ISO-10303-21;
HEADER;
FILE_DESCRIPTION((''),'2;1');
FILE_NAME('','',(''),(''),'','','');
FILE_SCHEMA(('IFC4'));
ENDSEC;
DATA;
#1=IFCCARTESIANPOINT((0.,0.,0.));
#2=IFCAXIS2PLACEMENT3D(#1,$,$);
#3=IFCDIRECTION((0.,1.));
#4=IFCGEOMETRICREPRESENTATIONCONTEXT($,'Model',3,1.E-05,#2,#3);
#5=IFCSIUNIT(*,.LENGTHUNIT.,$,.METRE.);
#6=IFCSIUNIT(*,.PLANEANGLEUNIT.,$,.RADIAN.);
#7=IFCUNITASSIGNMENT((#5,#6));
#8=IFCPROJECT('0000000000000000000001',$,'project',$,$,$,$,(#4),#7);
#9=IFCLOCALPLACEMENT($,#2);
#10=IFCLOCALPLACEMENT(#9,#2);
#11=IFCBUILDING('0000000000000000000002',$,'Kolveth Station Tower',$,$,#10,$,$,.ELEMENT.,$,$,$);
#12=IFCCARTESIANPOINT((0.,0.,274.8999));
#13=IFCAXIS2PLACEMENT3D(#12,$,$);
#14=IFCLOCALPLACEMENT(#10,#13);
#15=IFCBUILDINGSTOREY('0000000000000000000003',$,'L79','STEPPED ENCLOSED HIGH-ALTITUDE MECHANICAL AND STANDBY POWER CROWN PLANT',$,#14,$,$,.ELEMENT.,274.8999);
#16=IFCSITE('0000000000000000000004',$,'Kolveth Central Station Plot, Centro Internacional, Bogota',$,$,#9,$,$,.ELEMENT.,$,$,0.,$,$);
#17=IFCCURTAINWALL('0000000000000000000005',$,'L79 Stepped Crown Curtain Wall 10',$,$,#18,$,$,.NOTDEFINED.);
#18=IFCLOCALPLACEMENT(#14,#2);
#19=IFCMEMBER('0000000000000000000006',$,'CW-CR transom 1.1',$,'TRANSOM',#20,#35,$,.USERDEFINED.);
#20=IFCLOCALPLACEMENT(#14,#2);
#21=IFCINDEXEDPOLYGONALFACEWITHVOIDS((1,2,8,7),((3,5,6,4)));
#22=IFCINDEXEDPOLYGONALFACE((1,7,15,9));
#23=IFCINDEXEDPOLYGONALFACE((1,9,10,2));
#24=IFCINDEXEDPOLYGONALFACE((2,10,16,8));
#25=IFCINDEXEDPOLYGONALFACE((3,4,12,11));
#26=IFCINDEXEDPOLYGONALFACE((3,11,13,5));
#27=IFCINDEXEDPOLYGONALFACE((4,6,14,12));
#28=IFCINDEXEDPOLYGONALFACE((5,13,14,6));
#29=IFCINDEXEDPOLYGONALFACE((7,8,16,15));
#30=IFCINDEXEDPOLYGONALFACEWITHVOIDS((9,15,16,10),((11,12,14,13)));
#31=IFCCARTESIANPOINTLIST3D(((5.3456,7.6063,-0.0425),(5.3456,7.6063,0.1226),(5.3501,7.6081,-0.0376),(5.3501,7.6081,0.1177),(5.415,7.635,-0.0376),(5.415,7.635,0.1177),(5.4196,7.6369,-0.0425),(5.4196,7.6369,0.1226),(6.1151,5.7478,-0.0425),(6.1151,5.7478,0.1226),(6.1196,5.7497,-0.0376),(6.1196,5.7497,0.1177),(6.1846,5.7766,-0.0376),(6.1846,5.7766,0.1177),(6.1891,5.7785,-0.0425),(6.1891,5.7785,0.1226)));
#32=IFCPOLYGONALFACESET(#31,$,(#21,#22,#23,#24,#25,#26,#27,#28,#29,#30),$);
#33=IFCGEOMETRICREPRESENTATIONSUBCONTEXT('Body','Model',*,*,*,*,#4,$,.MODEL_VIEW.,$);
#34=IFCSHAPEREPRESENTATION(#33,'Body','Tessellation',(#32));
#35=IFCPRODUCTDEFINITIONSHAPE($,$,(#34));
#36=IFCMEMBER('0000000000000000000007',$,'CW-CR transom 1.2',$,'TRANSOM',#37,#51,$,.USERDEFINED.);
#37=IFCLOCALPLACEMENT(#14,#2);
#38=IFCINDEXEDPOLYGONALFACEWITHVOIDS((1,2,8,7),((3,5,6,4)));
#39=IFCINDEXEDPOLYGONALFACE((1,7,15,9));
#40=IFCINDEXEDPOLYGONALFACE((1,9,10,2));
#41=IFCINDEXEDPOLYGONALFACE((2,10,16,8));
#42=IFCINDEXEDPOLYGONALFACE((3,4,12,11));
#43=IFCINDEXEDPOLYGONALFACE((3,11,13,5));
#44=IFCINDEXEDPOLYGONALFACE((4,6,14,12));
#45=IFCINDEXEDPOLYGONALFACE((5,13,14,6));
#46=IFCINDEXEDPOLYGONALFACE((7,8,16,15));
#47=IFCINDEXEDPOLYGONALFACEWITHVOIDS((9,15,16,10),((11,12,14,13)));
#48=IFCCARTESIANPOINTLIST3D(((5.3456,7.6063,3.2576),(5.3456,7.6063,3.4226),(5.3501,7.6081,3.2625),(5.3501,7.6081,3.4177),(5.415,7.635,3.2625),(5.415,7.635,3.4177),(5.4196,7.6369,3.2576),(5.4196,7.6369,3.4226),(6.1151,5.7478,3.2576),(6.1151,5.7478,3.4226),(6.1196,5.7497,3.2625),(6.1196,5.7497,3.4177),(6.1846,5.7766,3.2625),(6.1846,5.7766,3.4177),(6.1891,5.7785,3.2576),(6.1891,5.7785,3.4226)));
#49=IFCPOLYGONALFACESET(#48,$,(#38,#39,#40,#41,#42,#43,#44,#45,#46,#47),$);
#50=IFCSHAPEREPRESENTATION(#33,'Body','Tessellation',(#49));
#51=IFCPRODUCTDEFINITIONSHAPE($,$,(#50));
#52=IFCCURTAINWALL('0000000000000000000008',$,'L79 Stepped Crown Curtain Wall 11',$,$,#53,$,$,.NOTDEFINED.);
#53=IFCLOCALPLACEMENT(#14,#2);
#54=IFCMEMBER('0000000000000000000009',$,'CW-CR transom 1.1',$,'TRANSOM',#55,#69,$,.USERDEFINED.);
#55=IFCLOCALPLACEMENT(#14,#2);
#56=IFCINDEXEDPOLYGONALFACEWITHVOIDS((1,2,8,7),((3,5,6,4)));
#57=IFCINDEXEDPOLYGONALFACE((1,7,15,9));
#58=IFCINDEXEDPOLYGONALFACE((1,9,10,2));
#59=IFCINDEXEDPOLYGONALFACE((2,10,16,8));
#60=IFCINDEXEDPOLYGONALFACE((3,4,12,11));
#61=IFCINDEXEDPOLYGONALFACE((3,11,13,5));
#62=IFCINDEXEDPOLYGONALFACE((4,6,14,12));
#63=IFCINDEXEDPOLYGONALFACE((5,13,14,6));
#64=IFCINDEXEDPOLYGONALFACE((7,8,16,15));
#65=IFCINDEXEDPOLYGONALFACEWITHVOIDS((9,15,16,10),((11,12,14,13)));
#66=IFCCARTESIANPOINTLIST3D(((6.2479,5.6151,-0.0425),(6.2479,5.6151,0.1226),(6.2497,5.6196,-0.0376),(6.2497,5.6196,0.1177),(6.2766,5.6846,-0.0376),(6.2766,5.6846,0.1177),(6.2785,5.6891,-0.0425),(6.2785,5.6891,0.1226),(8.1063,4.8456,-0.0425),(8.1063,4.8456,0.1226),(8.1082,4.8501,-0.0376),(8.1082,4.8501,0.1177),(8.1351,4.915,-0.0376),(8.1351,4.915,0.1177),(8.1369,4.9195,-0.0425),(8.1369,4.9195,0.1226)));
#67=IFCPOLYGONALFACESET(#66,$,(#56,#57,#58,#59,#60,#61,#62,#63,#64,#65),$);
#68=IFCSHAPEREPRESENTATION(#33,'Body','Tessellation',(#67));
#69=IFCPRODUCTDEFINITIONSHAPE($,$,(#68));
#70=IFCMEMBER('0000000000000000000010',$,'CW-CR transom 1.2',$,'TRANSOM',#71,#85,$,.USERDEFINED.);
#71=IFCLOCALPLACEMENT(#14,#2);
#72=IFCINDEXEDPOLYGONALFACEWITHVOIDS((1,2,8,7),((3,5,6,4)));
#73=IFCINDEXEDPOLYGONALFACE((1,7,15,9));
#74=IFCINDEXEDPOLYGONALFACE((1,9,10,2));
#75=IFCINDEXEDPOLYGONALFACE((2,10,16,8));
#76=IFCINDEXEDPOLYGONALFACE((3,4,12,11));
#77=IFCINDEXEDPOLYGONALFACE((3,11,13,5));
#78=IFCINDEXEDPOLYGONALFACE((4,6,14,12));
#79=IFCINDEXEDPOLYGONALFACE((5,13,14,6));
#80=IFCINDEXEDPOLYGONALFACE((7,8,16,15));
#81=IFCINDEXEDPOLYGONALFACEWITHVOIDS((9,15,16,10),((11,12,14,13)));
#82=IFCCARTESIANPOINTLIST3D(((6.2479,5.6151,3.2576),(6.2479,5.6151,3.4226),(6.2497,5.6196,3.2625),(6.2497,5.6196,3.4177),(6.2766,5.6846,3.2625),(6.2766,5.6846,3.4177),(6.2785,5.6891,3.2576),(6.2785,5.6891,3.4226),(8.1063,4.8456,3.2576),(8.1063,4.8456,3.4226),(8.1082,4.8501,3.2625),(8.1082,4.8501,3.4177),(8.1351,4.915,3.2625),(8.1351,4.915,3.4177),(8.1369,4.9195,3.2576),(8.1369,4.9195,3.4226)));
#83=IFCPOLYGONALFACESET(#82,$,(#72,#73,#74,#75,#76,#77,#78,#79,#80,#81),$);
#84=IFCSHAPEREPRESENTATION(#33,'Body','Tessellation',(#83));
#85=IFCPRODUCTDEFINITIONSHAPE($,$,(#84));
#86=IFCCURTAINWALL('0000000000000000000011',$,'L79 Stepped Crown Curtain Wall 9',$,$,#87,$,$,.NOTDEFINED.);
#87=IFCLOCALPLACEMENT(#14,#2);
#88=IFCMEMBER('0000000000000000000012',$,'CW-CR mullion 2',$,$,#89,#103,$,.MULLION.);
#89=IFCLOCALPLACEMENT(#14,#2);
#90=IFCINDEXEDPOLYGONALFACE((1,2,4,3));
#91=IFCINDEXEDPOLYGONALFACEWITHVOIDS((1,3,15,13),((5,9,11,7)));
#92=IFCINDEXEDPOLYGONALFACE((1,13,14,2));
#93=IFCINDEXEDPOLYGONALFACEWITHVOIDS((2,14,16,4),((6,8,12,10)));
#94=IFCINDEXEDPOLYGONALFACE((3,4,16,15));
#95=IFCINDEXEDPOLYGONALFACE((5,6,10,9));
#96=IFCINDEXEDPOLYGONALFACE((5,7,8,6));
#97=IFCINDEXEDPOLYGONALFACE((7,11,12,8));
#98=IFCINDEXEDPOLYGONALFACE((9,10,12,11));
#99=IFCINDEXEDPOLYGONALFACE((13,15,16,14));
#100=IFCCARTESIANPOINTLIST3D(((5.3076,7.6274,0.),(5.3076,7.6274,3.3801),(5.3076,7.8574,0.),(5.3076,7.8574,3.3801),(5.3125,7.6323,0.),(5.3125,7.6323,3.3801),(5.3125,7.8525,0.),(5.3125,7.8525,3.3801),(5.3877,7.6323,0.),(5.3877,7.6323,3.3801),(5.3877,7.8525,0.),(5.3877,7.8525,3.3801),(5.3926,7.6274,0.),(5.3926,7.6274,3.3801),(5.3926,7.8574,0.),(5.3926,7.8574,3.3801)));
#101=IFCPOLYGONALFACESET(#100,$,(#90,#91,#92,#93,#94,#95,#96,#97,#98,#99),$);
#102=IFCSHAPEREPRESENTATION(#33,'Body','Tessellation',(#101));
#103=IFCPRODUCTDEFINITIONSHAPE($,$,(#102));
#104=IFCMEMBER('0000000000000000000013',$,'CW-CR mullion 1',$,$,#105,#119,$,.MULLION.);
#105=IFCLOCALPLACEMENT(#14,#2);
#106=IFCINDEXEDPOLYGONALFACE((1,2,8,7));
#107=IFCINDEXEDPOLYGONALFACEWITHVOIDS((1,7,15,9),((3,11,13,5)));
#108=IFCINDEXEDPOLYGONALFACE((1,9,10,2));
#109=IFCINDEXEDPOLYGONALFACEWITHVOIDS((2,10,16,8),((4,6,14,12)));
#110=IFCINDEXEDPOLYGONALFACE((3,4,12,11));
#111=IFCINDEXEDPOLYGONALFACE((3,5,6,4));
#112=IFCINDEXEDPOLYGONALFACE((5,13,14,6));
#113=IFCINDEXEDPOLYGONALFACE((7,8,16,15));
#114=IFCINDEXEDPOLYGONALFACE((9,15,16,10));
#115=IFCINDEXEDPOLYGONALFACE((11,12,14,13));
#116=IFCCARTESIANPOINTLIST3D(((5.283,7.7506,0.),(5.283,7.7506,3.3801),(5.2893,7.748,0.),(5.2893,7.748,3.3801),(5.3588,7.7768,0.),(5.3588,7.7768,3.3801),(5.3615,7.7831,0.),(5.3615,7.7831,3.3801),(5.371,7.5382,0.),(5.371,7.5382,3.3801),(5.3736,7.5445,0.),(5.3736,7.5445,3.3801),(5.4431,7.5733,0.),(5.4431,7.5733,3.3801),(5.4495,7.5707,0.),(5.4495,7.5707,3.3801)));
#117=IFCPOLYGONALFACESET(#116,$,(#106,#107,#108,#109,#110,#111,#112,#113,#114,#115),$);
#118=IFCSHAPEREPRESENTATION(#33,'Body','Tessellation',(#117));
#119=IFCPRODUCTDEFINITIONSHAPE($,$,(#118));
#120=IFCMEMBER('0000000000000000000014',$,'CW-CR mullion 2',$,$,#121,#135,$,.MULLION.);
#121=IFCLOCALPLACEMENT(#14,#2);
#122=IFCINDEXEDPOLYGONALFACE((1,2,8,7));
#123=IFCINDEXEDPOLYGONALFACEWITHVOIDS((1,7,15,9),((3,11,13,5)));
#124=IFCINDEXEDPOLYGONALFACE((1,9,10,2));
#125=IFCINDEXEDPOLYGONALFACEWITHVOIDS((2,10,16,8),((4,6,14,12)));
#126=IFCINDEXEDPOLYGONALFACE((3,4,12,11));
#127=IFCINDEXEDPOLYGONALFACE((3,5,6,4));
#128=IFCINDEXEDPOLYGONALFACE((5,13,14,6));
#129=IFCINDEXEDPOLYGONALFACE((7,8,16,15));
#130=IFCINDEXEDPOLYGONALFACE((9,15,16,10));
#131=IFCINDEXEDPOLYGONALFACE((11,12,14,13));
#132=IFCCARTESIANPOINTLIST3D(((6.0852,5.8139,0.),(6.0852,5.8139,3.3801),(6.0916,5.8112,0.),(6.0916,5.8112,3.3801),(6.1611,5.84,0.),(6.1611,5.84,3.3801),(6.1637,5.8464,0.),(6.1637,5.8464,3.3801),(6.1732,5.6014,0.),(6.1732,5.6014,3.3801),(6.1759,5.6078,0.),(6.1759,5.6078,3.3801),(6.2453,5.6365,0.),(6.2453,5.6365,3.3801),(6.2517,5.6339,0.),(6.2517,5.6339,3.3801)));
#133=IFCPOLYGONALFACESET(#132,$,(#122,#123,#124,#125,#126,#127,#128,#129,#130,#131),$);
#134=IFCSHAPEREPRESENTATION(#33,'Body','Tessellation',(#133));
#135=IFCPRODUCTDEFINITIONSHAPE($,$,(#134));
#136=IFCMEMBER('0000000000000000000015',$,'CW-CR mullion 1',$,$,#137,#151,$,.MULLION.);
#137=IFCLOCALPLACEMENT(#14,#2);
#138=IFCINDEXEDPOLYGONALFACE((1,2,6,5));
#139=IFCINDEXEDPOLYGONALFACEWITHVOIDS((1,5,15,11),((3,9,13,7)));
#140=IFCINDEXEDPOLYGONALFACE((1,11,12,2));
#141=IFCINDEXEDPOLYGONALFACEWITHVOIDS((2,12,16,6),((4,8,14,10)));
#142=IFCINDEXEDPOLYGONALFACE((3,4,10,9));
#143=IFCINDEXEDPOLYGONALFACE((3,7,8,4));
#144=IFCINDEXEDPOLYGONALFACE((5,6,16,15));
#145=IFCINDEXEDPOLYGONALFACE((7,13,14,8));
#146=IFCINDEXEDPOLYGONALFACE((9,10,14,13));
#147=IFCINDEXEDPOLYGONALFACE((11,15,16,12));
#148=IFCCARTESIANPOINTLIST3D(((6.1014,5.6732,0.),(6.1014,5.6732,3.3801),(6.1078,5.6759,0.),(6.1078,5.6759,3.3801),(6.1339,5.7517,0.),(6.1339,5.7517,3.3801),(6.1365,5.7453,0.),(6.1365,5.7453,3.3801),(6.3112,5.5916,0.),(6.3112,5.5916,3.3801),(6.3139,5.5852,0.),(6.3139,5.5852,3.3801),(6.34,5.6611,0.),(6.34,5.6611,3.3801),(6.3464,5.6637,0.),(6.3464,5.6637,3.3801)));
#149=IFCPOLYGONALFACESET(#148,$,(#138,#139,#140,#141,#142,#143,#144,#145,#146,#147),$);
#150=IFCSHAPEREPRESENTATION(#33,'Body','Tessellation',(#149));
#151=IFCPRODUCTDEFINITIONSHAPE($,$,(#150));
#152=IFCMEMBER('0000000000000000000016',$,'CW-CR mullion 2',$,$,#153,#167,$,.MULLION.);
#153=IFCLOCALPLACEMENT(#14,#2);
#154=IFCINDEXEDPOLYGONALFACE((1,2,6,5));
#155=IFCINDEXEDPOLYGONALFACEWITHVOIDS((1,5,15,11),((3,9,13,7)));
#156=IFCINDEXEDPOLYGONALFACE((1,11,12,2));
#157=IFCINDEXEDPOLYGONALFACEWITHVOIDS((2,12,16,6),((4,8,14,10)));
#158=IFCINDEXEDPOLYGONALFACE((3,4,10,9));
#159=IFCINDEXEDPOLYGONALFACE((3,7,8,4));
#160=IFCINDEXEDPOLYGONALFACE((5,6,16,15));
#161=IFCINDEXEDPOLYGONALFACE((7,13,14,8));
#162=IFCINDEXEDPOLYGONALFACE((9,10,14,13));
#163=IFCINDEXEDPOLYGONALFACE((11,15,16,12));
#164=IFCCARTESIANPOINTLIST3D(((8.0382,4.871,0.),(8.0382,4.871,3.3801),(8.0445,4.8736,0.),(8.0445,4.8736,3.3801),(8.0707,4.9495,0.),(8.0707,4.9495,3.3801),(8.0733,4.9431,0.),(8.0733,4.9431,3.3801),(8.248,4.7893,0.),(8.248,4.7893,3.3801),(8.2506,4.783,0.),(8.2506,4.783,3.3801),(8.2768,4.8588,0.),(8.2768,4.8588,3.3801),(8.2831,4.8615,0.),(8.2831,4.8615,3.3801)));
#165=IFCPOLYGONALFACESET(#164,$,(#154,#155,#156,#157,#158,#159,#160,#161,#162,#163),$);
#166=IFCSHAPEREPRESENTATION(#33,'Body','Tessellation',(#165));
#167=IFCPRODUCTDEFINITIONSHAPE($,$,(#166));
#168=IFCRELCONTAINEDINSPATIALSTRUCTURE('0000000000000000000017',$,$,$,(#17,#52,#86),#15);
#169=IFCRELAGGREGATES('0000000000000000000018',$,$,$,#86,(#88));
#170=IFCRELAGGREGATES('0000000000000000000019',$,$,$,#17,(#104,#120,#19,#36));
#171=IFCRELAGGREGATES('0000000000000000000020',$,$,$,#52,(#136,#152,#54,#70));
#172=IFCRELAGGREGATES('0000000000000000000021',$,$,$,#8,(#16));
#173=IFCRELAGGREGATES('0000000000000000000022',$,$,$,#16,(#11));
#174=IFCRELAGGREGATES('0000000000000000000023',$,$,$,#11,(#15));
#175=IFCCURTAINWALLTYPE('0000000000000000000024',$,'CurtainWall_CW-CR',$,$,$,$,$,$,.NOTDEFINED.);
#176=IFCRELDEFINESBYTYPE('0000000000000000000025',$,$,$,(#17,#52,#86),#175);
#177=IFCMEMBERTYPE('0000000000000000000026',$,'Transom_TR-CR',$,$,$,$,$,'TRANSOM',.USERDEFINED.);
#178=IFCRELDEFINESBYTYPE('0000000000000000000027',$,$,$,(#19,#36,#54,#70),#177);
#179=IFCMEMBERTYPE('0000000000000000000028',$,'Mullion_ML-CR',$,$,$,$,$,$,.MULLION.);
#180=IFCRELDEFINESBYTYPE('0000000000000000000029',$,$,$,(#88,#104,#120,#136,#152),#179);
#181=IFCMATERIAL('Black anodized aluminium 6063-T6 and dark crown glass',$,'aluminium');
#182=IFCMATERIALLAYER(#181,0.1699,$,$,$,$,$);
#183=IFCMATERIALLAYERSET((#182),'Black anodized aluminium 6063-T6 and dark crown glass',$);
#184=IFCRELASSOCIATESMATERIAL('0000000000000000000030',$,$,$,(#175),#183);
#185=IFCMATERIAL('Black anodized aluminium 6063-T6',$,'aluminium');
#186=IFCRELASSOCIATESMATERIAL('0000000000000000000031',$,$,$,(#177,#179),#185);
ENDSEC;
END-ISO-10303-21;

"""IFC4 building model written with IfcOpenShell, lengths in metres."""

from ifc_helpers import new_model, si_unit, direction, frame, origin, origin_2d, place, context, subcontext, project, spatial, hollow_rectangle, extrude, source, transform, mapped, material, layer, layer_set, material_profile, profile_set, type_object, element, aggregate, save


model = new_model("IFC4")

# Units and contexts
model_context = context("Model", 3, precision=1e-05, world=origin(), true_north=direction((0.0, 1.0)))
body_context = subcontext(model_context, "Body", "Model", "MODEL_VIEW")
ifc_project = project(units=[si_unit("LENGTHUNIT", "METRE"), si_unit("PLANEANGLEUNIT", "RADIAN")], contexts=[model_context])

# Site, building, storey
site_placement = place(None, origin())
site = spatial("IfcSite", under=ifc_project, at=site_placement, Name="Kolveth Central Station Plot, Centro Internacional, Bogota", CompositionType="ELEMENT", RefElevation=0.0)
building_placement = place(site_placement, origin())
building = spatial("IfcBuilding", under=site, at=building_placement, Name="Kolveth Station Tower", CompositionType="ELEMENT")
storey_placement = place(building_placement, frame((0.0, 0.0, 274.8999)))
storey = spatial("IfcBuildingStorey", under=building, at=storey_placement, Name="L79", Description="STEPPED ENCLOSED HIGH-ALTITUDE MECHANICAL AND STANDBY POWER CROWN PLANT", CompositionType="ELEMENT", Elevation=274.8999)

# Curtain walls, members
ifc_material_1 = material(Name="Black anodized aluminium 6063-T6 and dark crown glass", Category="aluminium")
ifc_layer_1 = layer(ifc_material_1, 0.1699)
ifc_layer_set_1 = layer_set([ifc_layer_1], Name="Black anodized aluminium 6063-T6 and dark crown glass")
curtain_wall_type = type_object("IfcCurtainWallType", Name="CurtainWall_CW-CR", PredefinedType="NOTDEFINED", material=ifc_layer_set_1)
curtain_wall_1_placement = place(storey_placement, origin())
curtain_wall_1 = element("IfcCurtainWall", 1, at=curtain_wall_1_placement, inside=storey, type_object=curtain_wall_type, Name="L79 Stepped Crown Curtain Wall 10", PredefinedType="NOTDEFINED")
ifc_material_2 = material(Name="Black anodized aluminium 6063-T6", Category="aluminium")
ifc_material_profile_1 = material_profile(ifc_material_2, hollow_rectangle(XDim=0.0801, YDim=0.165, WallThickness=0.0049, at=origin_2d()), Name="ALU-80x165x5")
ifc_profile_set_1 = profile_set([ifc_material_profile_1], Name="Black anodized aluminium 6063-T6")
member_type_1 = type_object("IfcMemberType", Name="Transom_TR-CR", ElementType="TRANSOM", PredefinedType="USERDEFINED", material=ifc_profile_set_1)
shared_shape_1 = source(origin(), body_context, "Body", "SweptSolid", [
    extrude(hollow_rectangle(XDim=0.0801, YDim=0.165, WallThickness=0.0049, at=origin_2d()), origin(), (0.0, 0.0, 1.0), 2.0115),
])
member_1_placement = place(storey_placement, frame((5.3826, 7.6216, 0.04), z_axis=(0.38258, -0.923922, 0.0), x_axis=(0.923922, 0.38258, 0.0)))
member_1 = element("IfcMember", 2, at=member_1_placement, type_object=member_type_1, Name="CW-CR transom 1.1", ObjectType="TRANSOM", PredefinedType="USERDEFINED", context=body_context, shape_type="MappedRepresentation", body=[
    mapped(shared_shape_1, transform((0.0, 0.0, 0.0), x_axis=(1.0, 0.0, 0.0), y_axis=(0.0, 1.0, 0.0), z_axis=(0.0, 0.0, 1.0), scale=1.0)),
])
member_2_placement = place(storey_placement, frame((5.3826, 7.6216, 3.3401), z_axis=(0.38258, -0.923922, 0.0), x_axis=(0.923922, 0.38258, 0.0)))
member_2 = element("IfcMember", 3, at=member_2_placement, type_object=member_type_1, Name="CW-CR transom 1.2", ObjectType="TRANSOM", PredefinedType="USERDEFINED", context=body_context, shape_type="MappedRepresentation", body=[
    mapped(shared_shape_1, transform((0.0, 0.0, 0.0), x_axis=(1.0, 0.0, 0.0), y_axis=(0.0, 1.0, 0.0), z_axis=(0.0, 0.0, 1.0), scale=1.0)),
])
curtain_wall_2_placement = place(storey_placement, origin())
curtain_wall_2 = element("IfcCurtainWall", 4, at=curtain_wall_2_placement, inside=storey, type_object=curtain_wall_type, Name="L79 Stepped Crown Curtain Wall 11", PredefinedType="NOTDEFINED")
member_3_placement = place(storey_placement, frame((6.2632, 5.6521, 0.04), z_axis=(0.923922, -0.38258, 0.0), x_axis=(0.38258, 0.923922, 0.0)))
member_3 = element("IfcMember", 5, at=member_3_placement, type_object=member_type_1, Name="CW-CR transom 1.1", ObjectType="TRANSOM", PredefinedType="USERDEFINED", context=body_context, shape_type="MappedRepresentation", body=[
    mapped(shared_shape_1, transform((0.0, 0.0, 0.0), x_axis=(1.0, 0.0, 0.0), y_axis=(0.0, 1.0, 0.0), z_axis=(0.0, 0.0, 1.0), scale=1.0)),
])
member_4_placement = place(storey_placement, frame((6.2632, 5.6521, 3.3401), z_axis=(0.923922, -0.38258, 0.0), x_axis=(0.38258, 0.923922, 0.0)))
member_4 = element("IfcMember", 6, at=member_4_placement, type_object=member_type_1, Name="CW-CR transom 1.2", ObjectType="TRANSOM", PredefinedType="USERDEFINED", context=body_context, shape_type="MappedRepresentation", body=[
    mapped(shared_shape_1, transform((0.0, 0.0, 0.0), x_axis=(1.0, 0.0, 0.0), y_axis=(0.0, 1.0, 0.0), z_axis=(0.0, 0.0, 1.0), scale=1.0)),
])

# Curtain wall, member
curtain_wall_3_placement = place(storey_placement, origin())
curtain_wall_3 = element("IfcCurtainWall", 7, at=curtain_wall_3_placement, inside=storey, type_object=curtain_wall_type, Name="L79 Stepped Crown Curtain Wall 9", PredefinedType="NOTDEFINED")
ifc_material_profile_2 = material_profile(ifc_material_2, hollow_rectangle(XDim=0.085, YDim=0.23, WallThickness=0.0049, at=origin_2d()), Name="ALU-85x230x5")
ifc_profile_set_2 = profile_set([ifc_material_profile_2], Name="Black anodized aluminium 6063-T6")
member_type_2 = type_object("IfcMemberType", Name="Mullion_ML-CR", PredefinedType="MULLION", material=ifc_profile_set_2)
shared_shape_2 = source(origin(), body_context, "Body", "SweptSolid", [
    extrude(hollow_rectangle(XDim=0.085, YDim=0.23, WallThickness=0.0049, at=origin_2d()), origin(), (0.0, 0.0, 1.0), 3.3801),
])
member_5_placement = place(storey_placement, frame((5.3501, 7.7424, 0.0), z_axis=(0.0, 0.0, 1.0), x_axis=(1.0, 0.0, 0.0)))
member_5 = element("IfcMember", 8, at=member_5_placement, type_object=member_type_2, Name="CW-CR mullion 2", PredefinedType="MULLION", context=body_context, shape_type="MappedRepresentation", body=[
    mapped(shared_shape_2, transform((0.0, 0.0, 0.0), x_axis=(1.0, 0.0, 0.0), y_axis=(0.0, 1.0, 0.0), z_axis=(0.0, 0.0, 1.0), scale=1.0)),
])
aggregate(curtain_wall_3, [member_5])

# Members
member_6_placement = place(storey_placement, frame((5.3662, 7.6606, 0.0), z_axis=(0.0, 0.0, 1.0), x_axis=(0.92389, 0.382658, 0.0)))
member_6 = element("IfcMember", 9, at=member_6_placement, type_object=member_type_2, Name="CW-CR mullion 1", PredefinedType="MULLION", context=body_context, shape_type="MappedRepresentation", body=[
    mapped(shared_shape_2, transform((0.0, 0.0, 0.0), x_axis=(1.0, 0.0, 0.0), y_axis=(0.0, 1.0, 0.0), z_axis=(0.0, 0.0, 1.0), scale=1.0)),
])
member_7_placement = place(storey_placement, frame((6.1685, 5.7239, 0.0), z_axis=(0.0, 0.0, 1.0), x_axis=(0.92389, 0.382658, 0.0)))
member_7 = element("IfcMember", 10, at=member_7_placement, type_object=member_type_2, Name="CW-CR mullion 2", PredefinedType="MULLION", context=body_context, shape_type="MappedRepresentation", body=[
    mapped(shared_shape_2, transform((0.0, 0.0, 0.0), x_axis=(1.0, 0.0, 0.0), y_axis=(0.0, 1.0, 0.0), z_axis=(0.0, 0.0, 1.0), scale=1.0)),
])
member_8_placement = place(storey_placement, frame((6.2239, 5.6685, 0.0), z_axis=(0.0, 0.0, 1.0), x_axis=(0.382658, 0.92389, 0.0)))
member_8 = element("IfcMember", 11, at=member_8_placement, type_object=member_type_2, Name="CW-CR mullion 1", PredefinedType="MULLION", context=body_context, shape_type="MappedRepresentation", body=[
    mapped(shared_shape_2, transform((0.0, 0.0, 0.0), x_axis=(1.0, 0.0, 0.0), y_axis=(0.0, 1.0, 0.0), z_axis=(0.0, 0.0, 1.0), scale=1.0)),
])
member_9_placement = place(storey_placement, frame((8.1606, 4.8662, 0.0), z_axis=(0.0, 0.0, 1.0), x_axis=(0.382658, 0.92389, 0.0)))
member_9 = element("IfcMember", 12, at=member_9_placement, type_object=member_type_2, Name="CW-CR mullion 2", PredefinedType="MULLION", context=body_context, shape_type="MappedRepresentation", body=[
    mapped(shared_shape_2, transform((0.0, 0.0, 0.0), x_axis=(1.0, 0.0, 0.0), y_axis=(0.0, 1.0, 0.0), z_axis=(0.0, 0.0, 1.0), scale=1.0)),
])

aggregate(curtain_wall_1, [member_6, member_7, member_1, member_2])
aggregate(curtain_wall_2, [member_8, member_9, member_3, member_4])

save(model, "model.ifc")
